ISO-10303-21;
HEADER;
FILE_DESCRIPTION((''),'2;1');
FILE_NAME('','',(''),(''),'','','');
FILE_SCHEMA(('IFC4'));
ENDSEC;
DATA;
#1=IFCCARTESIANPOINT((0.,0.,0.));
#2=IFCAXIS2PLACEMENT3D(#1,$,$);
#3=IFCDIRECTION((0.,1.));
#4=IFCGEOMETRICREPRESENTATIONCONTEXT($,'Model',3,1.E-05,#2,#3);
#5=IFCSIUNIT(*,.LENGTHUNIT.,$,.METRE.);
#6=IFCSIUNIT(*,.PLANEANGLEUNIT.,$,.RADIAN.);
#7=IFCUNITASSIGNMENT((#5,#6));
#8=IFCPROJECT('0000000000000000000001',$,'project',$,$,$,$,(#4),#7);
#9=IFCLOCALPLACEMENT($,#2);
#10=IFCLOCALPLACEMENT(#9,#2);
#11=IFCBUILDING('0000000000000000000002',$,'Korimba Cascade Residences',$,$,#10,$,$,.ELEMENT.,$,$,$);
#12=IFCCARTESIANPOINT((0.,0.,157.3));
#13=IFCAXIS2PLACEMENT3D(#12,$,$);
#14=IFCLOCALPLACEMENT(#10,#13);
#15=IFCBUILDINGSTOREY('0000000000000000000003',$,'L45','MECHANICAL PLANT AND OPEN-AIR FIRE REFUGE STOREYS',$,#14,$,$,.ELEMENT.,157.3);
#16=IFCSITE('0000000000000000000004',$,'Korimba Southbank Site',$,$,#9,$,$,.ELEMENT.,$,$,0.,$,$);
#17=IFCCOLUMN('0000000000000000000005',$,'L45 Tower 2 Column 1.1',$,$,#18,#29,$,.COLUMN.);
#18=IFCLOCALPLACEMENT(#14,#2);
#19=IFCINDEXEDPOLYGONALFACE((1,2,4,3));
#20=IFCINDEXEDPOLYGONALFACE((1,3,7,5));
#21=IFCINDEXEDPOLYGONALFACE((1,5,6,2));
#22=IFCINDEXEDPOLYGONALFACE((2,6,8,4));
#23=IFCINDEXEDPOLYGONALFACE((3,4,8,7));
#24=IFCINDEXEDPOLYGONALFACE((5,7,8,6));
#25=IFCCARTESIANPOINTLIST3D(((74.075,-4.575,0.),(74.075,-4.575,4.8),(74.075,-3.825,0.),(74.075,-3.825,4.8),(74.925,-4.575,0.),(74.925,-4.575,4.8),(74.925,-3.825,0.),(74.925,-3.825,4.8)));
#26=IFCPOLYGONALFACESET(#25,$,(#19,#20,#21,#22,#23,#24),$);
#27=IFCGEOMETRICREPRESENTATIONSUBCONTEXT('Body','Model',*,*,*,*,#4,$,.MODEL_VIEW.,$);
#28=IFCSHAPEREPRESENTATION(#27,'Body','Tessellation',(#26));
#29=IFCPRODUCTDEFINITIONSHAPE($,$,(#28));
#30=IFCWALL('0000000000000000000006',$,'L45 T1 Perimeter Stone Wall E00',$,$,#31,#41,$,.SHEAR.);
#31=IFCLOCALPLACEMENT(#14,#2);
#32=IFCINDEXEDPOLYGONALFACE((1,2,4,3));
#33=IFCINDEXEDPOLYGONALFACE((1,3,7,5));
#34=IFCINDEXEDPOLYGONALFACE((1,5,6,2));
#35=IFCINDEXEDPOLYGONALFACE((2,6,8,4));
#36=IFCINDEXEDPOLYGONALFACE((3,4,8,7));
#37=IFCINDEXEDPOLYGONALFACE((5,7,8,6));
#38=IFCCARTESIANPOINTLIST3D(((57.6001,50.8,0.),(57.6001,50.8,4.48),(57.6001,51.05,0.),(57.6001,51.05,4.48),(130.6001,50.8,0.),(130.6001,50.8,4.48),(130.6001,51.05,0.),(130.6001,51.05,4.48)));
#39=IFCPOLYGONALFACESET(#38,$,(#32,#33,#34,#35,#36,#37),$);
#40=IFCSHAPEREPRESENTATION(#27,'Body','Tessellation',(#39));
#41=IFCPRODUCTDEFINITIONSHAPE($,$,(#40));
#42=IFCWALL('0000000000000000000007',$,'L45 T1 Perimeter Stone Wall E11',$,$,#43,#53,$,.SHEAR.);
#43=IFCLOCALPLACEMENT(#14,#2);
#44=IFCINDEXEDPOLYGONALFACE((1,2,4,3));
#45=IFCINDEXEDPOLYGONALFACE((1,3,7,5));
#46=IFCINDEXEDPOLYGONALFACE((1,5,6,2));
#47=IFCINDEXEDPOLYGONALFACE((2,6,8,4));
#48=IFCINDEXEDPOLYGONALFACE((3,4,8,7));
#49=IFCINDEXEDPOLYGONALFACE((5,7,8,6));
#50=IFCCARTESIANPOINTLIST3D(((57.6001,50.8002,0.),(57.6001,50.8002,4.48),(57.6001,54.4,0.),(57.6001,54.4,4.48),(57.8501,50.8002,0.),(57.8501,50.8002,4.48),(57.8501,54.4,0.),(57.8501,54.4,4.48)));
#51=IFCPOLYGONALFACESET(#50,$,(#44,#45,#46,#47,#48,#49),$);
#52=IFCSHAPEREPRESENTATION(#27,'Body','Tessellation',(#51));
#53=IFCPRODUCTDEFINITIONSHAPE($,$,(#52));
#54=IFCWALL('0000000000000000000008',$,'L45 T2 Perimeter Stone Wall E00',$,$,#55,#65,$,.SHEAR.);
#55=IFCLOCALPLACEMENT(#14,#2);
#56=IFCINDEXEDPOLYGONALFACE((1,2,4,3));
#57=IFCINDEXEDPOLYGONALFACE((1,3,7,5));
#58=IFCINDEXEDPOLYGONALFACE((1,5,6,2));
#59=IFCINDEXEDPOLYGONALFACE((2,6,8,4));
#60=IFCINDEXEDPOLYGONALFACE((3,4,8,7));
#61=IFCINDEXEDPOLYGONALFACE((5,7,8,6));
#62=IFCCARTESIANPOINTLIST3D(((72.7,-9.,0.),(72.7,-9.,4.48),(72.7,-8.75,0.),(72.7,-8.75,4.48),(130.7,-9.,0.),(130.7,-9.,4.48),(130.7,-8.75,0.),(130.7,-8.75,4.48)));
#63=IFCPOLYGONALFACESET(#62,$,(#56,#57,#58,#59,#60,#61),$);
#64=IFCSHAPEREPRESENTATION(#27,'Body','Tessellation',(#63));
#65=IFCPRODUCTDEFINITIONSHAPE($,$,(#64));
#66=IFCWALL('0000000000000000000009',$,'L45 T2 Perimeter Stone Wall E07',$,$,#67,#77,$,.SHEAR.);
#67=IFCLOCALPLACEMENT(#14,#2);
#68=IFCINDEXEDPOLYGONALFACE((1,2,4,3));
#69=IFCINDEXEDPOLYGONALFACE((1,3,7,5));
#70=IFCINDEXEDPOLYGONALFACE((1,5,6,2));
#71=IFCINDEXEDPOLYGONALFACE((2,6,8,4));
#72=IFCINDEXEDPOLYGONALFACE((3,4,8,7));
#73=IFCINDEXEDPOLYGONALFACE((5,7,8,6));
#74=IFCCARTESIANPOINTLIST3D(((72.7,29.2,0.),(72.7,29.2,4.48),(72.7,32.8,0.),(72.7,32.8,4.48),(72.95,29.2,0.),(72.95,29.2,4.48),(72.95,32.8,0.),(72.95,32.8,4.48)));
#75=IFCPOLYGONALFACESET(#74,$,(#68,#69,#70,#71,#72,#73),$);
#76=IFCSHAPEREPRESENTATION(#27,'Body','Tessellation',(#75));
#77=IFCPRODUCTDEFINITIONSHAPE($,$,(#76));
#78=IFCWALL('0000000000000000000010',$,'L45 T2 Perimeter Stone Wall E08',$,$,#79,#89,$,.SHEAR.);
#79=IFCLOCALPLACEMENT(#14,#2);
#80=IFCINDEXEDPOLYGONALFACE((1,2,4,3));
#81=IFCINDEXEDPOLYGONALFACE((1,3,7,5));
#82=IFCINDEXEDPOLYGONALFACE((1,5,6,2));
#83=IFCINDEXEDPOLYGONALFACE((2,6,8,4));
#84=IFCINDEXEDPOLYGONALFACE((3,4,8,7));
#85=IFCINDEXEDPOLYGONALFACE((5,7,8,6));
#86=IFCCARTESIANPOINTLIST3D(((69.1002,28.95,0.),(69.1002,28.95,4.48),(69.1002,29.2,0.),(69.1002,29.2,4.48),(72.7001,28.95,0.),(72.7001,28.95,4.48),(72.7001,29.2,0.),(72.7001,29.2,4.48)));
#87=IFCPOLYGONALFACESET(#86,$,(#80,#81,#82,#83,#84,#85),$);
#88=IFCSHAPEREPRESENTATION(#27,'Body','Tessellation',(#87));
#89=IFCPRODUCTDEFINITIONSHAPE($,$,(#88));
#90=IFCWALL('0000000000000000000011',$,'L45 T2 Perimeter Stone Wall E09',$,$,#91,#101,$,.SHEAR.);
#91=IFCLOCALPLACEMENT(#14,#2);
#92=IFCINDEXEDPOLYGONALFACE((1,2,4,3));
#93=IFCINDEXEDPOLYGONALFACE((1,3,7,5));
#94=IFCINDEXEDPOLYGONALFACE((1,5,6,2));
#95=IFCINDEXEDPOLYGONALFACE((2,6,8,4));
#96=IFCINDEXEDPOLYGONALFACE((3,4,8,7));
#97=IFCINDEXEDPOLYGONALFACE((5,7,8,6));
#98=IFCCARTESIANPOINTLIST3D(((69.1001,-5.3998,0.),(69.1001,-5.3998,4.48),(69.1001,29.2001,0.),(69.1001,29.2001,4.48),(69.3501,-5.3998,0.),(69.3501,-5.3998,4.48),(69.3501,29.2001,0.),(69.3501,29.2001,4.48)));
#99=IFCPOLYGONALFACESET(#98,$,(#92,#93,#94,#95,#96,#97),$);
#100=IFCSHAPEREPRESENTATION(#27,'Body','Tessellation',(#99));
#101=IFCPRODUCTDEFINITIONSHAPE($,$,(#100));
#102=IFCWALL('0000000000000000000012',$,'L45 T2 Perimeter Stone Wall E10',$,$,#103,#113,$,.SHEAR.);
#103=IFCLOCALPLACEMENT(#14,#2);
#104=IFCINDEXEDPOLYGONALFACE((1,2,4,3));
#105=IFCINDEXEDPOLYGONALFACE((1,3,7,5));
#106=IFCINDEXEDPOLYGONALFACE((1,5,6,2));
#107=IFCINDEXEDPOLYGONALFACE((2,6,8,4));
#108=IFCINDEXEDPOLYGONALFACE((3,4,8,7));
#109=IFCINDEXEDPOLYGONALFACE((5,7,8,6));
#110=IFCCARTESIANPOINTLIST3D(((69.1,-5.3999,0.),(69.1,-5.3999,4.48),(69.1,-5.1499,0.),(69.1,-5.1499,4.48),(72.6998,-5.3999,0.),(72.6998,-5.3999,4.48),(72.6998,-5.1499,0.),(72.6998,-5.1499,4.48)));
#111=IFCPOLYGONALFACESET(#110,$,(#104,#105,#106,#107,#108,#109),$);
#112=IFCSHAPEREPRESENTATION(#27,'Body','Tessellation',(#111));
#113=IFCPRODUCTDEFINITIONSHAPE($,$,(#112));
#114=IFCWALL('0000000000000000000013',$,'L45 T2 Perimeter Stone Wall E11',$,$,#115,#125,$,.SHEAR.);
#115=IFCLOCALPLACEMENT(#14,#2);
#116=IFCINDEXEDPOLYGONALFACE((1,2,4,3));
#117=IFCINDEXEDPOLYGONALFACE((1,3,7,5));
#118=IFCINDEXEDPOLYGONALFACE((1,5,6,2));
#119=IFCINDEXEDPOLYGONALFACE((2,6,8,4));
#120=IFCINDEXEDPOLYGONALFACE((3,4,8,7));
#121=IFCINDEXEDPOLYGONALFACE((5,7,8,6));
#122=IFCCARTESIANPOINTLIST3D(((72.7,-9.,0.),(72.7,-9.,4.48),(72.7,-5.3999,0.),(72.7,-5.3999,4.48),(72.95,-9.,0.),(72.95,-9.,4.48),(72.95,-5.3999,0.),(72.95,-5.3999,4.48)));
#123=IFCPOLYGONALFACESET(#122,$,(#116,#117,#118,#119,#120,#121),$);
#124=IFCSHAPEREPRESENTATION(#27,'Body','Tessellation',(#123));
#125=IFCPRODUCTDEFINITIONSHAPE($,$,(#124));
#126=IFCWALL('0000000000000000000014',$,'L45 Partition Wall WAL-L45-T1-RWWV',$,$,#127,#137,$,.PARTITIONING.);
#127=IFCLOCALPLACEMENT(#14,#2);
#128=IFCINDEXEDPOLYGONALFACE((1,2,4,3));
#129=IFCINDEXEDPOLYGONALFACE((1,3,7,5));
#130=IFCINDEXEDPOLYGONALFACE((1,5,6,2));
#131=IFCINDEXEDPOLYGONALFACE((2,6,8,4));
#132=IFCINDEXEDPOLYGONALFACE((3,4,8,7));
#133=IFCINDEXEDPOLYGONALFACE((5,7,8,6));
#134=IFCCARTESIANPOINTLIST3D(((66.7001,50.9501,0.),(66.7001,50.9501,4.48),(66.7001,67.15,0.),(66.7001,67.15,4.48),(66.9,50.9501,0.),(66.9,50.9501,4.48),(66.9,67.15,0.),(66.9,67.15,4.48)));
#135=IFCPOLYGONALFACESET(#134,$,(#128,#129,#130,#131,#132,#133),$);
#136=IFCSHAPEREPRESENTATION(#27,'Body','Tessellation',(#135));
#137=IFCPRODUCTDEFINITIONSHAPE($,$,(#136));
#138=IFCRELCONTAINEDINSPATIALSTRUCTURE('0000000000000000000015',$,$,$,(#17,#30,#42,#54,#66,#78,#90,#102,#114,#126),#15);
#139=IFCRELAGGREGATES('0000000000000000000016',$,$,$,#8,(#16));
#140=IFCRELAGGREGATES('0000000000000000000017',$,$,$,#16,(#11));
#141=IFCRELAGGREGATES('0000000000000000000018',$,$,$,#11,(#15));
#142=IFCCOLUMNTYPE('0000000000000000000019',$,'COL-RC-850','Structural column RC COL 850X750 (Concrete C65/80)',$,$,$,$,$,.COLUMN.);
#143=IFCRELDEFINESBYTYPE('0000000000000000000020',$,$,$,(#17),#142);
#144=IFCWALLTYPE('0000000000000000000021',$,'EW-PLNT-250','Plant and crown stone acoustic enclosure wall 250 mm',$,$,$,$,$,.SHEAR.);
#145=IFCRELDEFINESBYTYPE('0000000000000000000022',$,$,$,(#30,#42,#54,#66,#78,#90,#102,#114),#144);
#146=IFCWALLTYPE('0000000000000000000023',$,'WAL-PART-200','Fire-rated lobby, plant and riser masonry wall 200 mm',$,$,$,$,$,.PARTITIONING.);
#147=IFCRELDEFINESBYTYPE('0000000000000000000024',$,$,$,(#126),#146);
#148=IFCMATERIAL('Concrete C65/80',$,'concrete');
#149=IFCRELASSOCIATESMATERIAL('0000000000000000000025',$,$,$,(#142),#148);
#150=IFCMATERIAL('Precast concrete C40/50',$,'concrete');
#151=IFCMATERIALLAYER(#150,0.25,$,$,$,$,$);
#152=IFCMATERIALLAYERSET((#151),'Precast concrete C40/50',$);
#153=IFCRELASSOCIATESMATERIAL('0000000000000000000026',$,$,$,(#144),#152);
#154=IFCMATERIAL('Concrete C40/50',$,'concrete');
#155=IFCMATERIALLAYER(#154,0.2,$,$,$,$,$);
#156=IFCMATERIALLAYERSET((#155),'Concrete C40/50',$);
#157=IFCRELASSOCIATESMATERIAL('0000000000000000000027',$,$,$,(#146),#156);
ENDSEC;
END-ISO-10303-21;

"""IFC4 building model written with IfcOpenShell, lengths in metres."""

from ifc_helpers import new_model, si_unit, direction, frame, frame_2d, origin, origin_2d, place, context, subcontext, project, spatial, rectangle, extrude, material, layer, layer_set, material_profile, profile_set, type_object, element, save


model = new_model("IFC4")

# Units and contexts
model_context = context("Model", 3, precision=1e-05, world=origin(), true_north=direction((0.0, 1.0)))
body_context = subcontext(model_context, "Body", "Model", "MODEL_VIEW")
ifc_project = project(units=[si_unit("LENGTHUNIT", "METRE"), si_unit("PLANEANGLEUNIT", "RADIAN")], contexts=[model_context])

# Site, building, storey
site_placement = place(None, origin())
site = spatial("IfcSite", under=ifc_project, at=site_placement, Name="Korimba Southbank Site", CompositionType="ELEMENT", RefElevation=0.0)
building_placement = place(site_placement, origin())
building = spatial("IfcBuilding", under=site, at=building_placement, Name="Korimba Cascade Residences", CompositionType="ELEMENT")
storey_placement = place(building_placement, frame((0.0, 0.0, 157.3)))
storey = spatial("IfcBuildingStorey", under=building, at=storey_placement, Name="L45", Description="MECHANICAL PLANT AND OPEN-AIR FIRE REFUGE STOREYS", CompositionType="ELEMENT", Elevation=157.3)

# Column
ifc_material_1 = material(Name="Concrete C65/80", Category="concrete")
ifc_material_profile = material_profile(ifc_material_1, rectangle(XDim=0.8501, YDim=0.75, at=origin_2d()), Name="Concrete C65/80")
ifc_profile_set = profile_set([ifc_material_profile], Name="Concrete C65/80")
column_type = type_object("IfcColumnType", Name="COL-RC-850", Description="Structural column RC COL 850X750 (Concrete C65/80)", PredefinedType="COLUMN", material=ifc_profile_set)
column_placement = place(storey_placement, frame((74.5, -4.2, 0.0), z_axis=(0.0, 0.0, 1.0), x_axis=(1.0, 0.0, 0.0)))
element("IfcColumn", 1, at=column_placement, inside=storey, type_object=column_type, Name="L45 Tower 2 Column 1.1", PredefinedType="COLUMN", context=body_context, shape_type="SweptSolid", body=[
    extrude(rectangle(XDim=0.8501, YDim=0.75, at=origin_2d()), origin(), (0.0, 0.0, 1.0), 4.8),
])

# Walls
ifc_material_2 = material(Name="Precast concrete C40/50", Category="concrete")
ifc_layer_1 = layer(ifc_material_2, 0.25)
ifc_layer_set_1 = layer_set([ifc_layer_1], Name="Precast concrete C40/50")
wall_type_1 = type_object("IfcWallType", Name="EW-PLNT-250", Description="Plant and crown stone acoustic enclosure wall 250 mm", PredefinedType="SHEAR", material=ifc_layer_set_1)
wall_1_placement = place(storey_placement, frame((57.6001, 50.925, 0.0), z_axis=(0.0, 0.0, 1.0), x_axis=(1.0, 0.0, 0.0)))
element("IfcWall", 2, at=wall_1_placement, inside=storey, type_object=wall_type_1, Name="L45 T1 Perimeter Stone Wall E00", PredefinedType="SHEAR", context=body_context, shape_type="SweptSolid", body=[
    extrude(rectangle(XDim=73.0, YDim=0.25, at=frame_2d((36.5, 0.0))), origin(), (0.0, 0.0, 1.0), 4.48),
])
wall_2_placement = place(storey_placement, frame((57.7251, 54.3999, 0.0), z_axis=(0.0, 0.0, 1.0), x_axis=(0.0, -1.0, 0.0)))
element("IfcWall", 3, at=wall_2_placement, inside=storey, type_object=wall_type_1, Name="L45 T1 Perimeter Stone Wall E11", PredefinedType="SHEAR", context=body_context, shape_type="SweptSolid", body=[
    extrude(rectangle(XDim=3.5999, YDim=0.25, at=frame_2d((1.7998, 0.0))), origin(), (0.0, 0.0, 1.0), 4.48),
])
wall_3_placement = place(storey_placement, frame((72.7, -8.875, 0.0), z_axis=(0.0, 0.0, 1.0), x_axis=(1.0, 0.0, 0.0)))
element("IfcWall", 4, at=wall_3_placement, inside=storey, type_object=wall_type_1, Name="L45 T2 Perimeter Stone Wall E00", PredefinedType="SHEAR", context=body_context, shape_type="SweptSolid", body=[
    extrude(rectangle(XDim=58.0, YDim=0.25, at=frame_2d((29.0, 0.0))), origin(), (0.0, 0.0, 1.0), 4.48),
])
wall_4_placement = place(storey_placement, frame((72.825, 32.8, 0.0), z_axis=(0.0, 0.0, 1.0), x_axis=(0.0, -1.0, 0.0)))
element("IfcWall", 5, at=wall_4_placement, inside=storey, type_object=wall_type_1, Name="L45 T2 Perimeter Stone Wall E07", PredefinedType="SHEAR", context=body_context, shape_type="SweptSolid", body=[
    extrude(rectangle(XDim=3.6001, YDim=0.25, at=frame_2d((1.8, 0.0))), origin(), (0.0, 0.0, 1.0), 4.48),
])
wall_5_placement = place(storey_placement, frame((72.7, 29.075, 0.0), z_axis=(0.0, 0.0, 1.0), x_axis=(-1.0, 0.0, 0.0)))
element("IfcWall", 6, at=wall_5_placement, inside=storey, type_object=wall_type_1, Name="L45 T2 Perimeter Stone Wall E08", PredefinedType="SHEAR", context=body_context, shape_type="SweptSolid", body=[
    extrude(rectangle(XDim=3.5999, YDim=0.25, at=frame_2d((1.7998, 0.0))), origin(), (0.0, 0.0, 1.0), 4.48),
])
wall_6_placement = place(storey_placement, frame((69.2251, 29.2, 0.0), z_axis=(0.0, 0.0, 1.0), x_axis=(0.0, -1.0, 0.0)))
element("IfcWall", 7, at=wall_6_placement, inside=storey, type_object=wall_type_1, Name="L45 T2 Perimeter Stone Wall E09", PredefinedType="SHEAR", context=body_context, shape_type="SweptSolid", body=[
    extrude(rectangle(XDim=34.5999, YDim=0.25, at=frame_2d((17.2998, 0.0))), origin(), (0.0, 0.0, 1.0), 4.48),
])
wall_7_placement = place(storey_placement, frame((69.1001, -5.2749, 0.0), z_axis=(0.0, 0.0, 1.0), x_axis=(1.0, 0.0, 0.0)))
element("IfcWall", 8, at=wall_7_placement, inside=storey, type_object=wall_type_1, Name="L45 T2 Perimeter Stone Wall E10", PredefinedType="SHEAR", context=body_context, shape_type="SweptSolid", body=[
    extrude(rectangle(XDim=3.5999, YDim=0.25, at=frame_2d((1.7998, 0.0))), origin(), (0.0, 0.0, 1.0), 4.48),
])
wall_8_placement = place(storey_placement, frame((72.825, -5.3999, 0.0), z_axis=(0.0, 0.0, 1.0), x_axis=(0.0, -1.0, 0.0)))
element("IfcWall", 9, at=wall_8_placement, inside=storey, type_object=wall_type_1, Name="L45 T2 Perimeter Stone Wall E11", PredefinedType="SHEAR", context=body_context, shape_type="SweptSolid", body=[
    extrude(rectangle(XDim=3.6001, YDim=0.25, at=frame_2d((1.8, 0.0))), origin(), (0.0, 0.0, 1.0), 4.48),
])
ifc_material_3 = material(Name="Concrete C40/50", Category="concrete")
ifc_layer_2 = layer(ifc_material_3, 0.2)
ifc_layer_set_2 = layer_set([ifc_layer_2], Name="Concrete C40/50")
wall_type_2 = type_object("IfcWallType", Name="WAL-PART-200", Description="Fire-rated lobby, plant and riser masonry wall 200 mm", PredefinedType="PARTITIONING", material=ifc_layer_set_2)
wall_9_placement = place(storey_placement, frame((66.8, 50.95, 0.0), z_axis=(0.0, 0.0, 1.0), x_axis=(0.0, 1.0, 0.0)))
element("IfcWall", 10, at=wall_9_placement, inside=storey, type_object=wall_type_2, Name="L45 Partition Wall WAL-L45-T1-RWWV", PredefinedType="PARTITIONING", context=body_context, shape_type="SweptSolid", body=[
    extrude(rectangle(XDim=16.2, YDim=0.2, at=frame_2d((8.1001, 0.0))), origin(), (0.0, 0.0, 1.0), 4.48),
])

save(model, "model.ifc")
